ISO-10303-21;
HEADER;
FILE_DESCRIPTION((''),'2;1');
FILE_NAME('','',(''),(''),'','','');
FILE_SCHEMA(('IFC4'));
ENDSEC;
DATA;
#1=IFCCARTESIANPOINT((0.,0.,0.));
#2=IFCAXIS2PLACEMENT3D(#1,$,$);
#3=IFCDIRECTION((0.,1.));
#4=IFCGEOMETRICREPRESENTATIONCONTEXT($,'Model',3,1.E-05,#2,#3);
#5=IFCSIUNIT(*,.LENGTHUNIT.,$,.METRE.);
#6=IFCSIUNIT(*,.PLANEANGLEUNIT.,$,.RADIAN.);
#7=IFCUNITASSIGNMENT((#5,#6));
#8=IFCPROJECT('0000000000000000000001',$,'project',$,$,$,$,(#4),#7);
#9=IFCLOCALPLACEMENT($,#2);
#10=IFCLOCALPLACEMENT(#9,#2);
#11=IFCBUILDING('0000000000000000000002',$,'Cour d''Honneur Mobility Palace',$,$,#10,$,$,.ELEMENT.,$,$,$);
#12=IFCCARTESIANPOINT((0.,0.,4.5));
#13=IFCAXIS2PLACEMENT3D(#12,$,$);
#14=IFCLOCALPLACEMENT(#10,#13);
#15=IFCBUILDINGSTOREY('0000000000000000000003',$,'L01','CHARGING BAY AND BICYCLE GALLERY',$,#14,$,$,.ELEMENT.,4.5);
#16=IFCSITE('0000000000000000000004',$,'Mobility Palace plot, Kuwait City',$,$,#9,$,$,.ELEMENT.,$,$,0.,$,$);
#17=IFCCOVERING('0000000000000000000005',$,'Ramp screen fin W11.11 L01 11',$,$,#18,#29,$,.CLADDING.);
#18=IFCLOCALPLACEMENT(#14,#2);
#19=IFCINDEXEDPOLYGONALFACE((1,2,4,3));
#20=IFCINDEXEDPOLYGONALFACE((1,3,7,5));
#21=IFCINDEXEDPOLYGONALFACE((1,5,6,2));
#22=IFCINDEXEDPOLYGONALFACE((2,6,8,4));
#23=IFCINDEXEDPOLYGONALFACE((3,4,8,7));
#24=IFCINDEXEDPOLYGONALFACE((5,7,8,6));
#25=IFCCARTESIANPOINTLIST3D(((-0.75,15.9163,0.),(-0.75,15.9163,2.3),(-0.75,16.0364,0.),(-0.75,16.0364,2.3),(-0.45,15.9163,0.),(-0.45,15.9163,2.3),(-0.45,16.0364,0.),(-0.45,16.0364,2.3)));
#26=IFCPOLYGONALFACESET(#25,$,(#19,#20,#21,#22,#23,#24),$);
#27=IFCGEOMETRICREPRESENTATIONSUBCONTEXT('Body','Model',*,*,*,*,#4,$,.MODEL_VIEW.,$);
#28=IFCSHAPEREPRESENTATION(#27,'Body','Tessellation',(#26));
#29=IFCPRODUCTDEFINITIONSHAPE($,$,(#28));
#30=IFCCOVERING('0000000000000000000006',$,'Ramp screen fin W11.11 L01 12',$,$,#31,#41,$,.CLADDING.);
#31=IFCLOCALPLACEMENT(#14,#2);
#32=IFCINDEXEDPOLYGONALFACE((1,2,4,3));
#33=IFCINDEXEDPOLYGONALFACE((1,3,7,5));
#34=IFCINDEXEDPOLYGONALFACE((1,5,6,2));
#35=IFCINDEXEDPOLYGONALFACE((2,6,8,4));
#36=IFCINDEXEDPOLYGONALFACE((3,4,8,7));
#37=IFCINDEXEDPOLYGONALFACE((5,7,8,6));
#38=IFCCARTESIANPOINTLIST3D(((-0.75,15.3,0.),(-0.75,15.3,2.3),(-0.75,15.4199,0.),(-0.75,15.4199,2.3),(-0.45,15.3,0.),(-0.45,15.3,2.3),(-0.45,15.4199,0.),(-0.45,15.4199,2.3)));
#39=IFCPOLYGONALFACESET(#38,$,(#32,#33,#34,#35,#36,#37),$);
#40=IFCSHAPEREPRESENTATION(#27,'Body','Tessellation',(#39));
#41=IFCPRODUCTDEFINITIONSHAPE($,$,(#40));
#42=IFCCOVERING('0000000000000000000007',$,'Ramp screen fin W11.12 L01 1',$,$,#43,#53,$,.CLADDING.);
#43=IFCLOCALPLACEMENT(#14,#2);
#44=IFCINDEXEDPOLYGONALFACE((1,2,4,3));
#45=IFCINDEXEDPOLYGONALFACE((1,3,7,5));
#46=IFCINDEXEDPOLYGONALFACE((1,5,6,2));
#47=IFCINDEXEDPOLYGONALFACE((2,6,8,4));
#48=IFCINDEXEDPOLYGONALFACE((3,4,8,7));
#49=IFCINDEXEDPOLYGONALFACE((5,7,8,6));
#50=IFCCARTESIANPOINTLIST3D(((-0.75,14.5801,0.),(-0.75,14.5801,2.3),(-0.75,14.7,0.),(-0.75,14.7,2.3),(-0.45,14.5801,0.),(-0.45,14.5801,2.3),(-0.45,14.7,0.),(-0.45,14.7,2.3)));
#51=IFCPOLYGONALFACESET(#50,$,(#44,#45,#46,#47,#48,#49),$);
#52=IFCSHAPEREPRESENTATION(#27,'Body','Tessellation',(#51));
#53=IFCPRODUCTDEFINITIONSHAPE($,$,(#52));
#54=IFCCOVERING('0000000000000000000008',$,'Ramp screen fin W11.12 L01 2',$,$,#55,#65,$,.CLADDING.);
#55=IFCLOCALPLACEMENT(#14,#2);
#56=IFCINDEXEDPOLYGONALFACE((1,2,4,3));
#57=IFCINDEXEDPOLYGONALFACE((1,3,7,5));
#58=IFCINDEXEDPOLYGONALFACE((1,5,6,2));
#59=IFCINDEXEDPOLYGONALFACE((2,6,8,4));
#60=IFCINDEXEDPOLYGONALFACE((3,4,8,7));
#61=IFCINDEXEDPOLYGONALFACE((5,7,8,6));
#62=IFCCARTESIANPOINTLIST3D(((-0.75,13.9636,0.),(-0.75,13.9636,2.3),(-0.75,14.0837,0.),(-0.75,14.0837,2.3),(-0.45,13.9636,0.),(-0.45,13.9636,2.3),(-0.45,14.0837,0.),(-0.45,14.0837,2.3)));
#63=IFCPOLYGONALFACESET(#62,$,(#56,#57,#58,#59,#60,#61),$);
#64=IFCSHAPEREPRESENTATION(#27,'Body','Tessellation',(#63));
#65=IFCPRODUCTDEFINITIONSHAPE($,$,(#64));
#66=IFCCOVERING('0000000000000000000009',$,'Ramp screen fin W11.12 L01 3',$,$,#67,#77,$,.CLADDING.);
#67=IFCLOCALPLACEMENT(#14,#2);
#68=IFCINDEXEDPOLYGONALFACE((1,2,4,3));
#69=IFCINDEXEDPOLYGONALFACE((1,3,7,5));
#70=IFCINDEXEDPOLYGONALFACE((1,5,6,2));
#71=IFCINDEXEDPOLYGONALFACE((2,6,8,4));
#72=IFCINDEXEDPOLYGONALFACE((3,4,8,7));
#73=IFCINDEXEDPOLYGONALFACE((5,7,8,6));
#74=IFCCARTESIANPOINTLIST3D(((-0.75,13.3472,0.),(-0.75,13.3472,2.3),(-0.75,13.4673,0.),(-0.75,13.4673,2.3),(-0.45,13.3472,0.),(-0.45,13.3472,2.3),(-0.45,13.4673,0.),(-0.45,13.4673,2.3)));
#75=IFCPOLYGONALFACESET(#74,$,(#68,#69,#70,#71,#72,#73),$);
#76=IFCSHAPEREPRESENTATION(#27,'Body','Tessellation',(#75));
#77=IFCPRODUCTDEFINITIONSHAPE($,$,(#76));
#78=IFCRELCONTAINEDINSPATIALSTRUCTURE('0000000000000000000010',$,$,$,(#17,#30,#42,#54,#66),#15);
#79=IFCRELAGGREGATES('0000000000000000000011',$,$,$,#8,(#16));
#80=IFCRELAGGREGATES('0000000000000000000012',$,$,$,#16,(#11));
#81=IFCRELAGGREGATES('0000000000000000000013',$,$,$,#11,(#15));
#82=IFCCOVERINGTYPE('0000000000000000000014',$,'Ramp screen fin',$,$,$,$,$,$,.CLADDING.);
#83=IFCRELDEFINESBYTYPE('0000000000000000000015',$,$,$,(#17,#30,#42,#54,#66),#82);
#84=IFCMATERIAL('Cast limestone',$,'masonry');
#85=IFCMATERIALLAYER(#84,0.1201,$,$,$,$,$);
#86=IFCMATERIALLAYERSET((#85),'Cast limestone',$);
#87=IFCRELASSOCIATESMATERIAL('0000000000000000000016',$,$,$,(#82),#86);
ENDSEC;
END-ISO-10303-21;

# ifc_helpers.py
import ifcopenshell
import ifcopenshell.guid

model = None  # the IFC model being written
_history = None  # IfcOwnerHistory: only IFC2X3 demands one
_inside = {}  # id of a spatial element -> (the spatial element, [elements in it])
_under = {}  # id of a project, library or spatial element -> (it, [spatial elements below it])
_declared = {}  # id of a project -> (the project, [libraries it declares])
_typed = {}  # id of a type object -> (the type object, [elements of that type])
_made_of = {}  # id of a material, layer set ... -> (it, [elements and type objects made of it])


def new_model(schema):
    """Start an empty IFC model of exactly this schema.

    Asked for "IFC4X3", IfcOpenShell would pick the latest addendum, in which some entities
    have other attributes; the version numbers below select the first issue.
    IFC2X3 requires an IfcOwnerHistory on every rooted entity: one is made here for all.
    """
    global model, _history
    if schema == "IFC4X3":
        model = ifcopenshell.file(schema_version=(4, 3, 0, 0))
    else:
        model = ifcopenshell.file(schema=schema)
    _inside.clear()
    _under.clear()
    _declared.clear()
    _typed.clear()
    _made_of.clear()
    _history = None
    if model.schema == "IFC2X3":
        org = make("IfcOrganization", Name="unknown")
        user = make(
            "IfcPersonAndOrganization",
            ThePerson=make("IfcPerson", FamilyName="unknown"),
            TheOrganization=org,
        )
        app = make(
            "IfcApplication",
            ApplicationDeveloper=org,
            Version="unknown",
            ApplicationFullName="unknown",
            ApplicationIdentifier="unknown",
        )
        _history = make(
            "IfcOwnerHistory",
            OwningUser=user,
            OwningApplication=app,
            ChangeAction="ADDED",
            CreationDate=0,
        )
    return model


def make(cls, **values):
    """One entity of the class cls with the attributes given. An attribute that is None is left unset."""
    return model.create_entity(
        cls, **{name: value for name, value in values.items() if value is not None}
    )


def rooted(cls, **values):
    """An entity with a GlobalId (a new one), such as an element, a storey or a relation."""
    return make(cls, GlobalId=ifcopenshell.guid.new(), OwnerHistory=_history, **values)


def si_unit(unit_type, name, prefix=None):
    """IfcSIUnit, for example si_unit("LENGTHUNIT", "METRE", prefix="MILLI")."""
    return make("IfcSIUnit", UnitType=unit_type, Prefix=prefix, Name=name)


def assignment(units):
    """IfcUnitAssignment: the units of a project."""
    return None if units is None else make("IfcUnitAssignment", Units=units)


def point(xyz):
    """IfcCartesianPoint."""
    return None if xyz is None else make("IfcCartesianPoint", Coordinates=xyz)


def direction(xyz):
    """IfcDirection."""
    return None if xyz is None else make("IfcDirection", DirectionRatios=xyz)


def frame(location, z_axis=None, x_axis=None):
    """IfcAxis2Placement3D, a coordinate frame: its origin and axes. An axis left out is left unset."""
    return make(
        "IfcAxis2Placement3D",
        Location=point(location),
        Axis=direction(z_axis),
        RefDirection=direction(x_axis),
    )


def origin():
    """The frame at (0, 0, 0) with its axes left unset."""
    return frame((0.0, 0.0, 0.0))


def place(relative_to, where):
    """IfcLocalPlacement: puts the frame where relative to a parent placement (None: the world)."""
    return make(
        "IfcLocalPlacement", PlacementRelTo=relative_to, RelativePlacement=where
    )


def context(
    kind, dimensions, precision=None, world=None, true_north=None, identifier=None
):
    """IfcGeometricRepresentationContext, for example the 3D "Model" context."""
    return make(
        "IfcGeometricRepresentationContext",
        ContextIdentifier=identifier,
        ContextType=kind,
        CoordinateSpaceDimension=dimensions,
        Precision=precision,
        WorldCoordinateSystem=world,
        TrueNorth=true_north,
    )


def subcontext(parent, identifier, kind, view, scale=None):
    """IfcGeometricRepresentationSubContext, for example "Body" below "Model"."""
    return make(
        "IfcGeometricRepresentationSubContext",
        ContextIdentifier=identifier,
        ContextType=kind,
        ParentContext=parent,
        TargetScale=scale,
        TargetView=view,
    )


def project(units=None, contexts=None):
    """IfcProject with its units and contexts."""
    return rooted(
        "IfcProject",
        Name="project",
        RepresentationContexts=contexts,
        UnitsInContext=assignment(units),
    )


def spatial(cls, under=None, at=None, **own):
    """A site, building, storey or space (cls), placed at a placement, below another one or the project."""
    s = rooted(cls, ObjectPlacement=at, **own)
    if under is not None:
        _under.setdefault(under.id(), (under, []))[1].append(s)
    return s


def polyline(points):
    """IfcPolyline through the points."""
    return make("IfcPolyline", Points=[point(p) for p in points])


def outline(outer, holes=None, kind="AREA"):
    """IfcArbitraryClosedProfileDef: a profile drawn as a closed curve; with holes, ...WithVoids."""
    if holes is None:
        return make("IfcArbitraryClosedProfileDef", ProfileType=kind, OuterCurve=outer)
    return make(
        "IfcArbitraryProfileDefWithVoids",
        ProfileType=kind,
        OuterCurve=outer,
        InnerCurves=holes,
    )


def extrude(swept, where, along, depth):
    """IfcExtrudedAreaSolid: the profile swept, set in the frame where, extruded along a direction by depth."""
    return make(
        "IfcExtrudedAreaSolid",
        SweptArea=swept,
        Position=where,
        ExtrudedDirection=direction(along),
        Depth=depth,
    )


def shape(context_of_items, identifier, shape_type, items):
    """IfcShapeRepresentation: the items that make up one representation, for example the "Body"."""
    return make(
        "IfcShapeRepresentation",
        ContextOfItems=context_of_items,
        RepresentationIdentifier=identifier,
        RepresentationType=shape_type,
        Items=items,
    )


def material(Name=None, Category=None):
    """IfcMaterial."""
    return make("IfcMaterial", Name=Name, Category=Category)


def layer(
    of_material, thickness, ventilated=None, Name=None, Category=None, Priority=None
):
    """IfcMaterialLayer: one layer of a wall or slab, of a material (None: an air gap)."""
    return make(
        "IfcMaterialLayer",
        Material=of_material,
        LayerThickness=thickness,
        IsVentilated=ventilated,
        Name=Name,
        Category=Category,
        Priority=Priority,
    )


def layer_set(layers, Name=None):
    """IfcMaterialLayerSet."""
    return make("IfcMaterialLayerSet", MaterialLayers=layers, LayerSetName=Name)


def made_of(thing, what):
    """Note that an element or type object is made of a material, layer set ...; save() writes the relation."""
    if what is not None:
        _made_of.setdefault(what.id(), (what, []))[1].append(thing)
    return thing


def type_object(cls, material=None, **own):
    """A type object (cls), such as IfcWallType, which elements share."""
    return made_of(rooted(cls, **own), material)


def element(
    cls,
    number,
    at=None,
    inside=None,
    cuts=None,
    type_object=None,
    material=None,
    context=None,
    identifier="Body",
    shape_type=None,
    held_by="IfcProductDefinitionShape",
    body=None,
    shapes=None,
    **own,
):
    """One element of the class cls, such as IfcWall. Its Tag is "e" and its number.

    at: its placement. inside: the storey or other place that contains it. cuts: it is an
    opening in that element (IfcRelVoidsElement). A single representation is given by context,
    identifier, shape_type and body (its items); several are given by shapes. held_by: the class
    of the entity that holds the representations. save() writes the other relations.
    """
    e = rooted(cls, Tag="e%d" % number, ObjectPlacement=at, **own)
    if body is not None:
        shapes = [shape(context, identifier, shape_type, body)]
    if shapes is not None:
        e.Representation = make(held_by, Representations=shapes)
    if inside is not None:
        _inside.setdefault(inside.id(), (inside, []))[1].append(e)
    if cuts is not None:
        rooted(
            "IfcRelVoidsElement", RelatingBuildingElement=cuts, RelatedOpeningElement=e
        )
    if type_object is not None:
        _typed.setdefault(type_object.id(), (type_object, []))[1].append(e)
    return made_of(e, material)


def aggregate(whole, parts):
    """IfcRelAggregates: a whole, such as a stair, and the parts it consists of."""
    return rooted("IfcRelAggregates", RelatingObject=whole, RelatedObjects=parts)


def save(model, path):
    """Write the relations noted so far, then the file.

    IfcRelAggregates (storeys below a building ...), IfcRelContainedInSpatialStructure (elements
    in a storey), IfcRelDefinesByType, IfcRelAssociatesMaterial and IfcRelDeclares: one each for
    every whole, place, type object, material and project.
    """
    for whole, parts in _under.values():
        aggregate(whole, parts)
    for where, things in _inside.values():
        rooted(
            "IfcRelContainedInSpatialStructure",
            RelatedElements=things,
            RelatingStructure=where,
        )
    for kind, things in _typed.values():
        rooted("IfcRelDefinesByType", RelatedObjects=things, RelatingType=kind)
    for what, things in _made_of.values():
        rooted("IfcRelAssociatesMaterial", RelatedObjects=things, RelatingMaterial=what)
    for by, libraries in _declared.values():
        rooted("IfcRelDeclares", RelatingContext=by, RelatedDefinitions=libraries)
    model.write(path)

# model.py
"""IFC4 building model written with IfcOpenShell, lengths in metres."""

from ifc_helpers import new_model, si_unit, direction, frame, origin, place, context, subcontext, project, spatial, polyline, outline, extrude, material, layer, layer_set, type_object, element, save


model = new_model("IFC4")

# Units and contexts
model_context = context("Model", 3, precision=1e-05, world=origin(), true_north=direction((0.0, 1.0)))
body_context = subcontext(model_context, "Body", "Model", "MODEL_VIEW")
ifc_project = project(units=[si_unit("LENGTHUNIT", "METRE"), si_unit("PLANEANGLEUNIT", "RADIAN")], contexts=[model_context])

# Site, building, storey
site_placement = place(None, origin())
site = spatial("IfcSite", under=ifc_project, at=site_placement, Name="Mobility Palace plot, Kuwait City", CompositionType="ELEMENT", RefElevation=0.0)
building_placement = place(site_placement, origin())
building = spatial("IfcBuilding", under=site, at=building_placement, Name="Cour d'Honneur Mobility Palace", CompositionType="ELEMENT")
storey_placement = place(building_placement, frame((0.0, 0.0, 4.5)))
storey = spatial("IfcBuildingStorey", under=building, at=storey_placement, Name="L01", Description="CHARGING BAY AND BICYCLE GALLERY", CompositionType="ELEMENT", Elevation=4.5)

# Coverings
ifc_material = material(Name="Cast limestone", Category="masonry")
ifc_layer = layer(ifc_material, 0.1201)
ifc_layer_set = layer_set([ifc_layer], Name="Cast limestone")
covering_type = type_object("IfcCoveringType", Name="Ramp screen fin", PredefinedType="CLADDING", material=ifc_layer_set)
covering_1_placement = place(storey_placement, origin())
element("IfcCovering", 1, at=covering_1_placement, inside=storey, type_object=covering_type, Name="Ramp screen fin W11.11 L01 11", PredefinedType="CLADDING", context=body_context, shape_type="SweptSolid", body=[
    extrude(outline(polyline([(-0.45, 16.0364), (-0.45, 15.9163), (-0.75, 15.9163), (-0.75, 16.0364), (-0.45, 16.0364)])), origin(), (0.0, 0.0, 1.0), 2.3),
])
covering_2_placement = place(storey_placement, origin())
element("IfcCovering", 2, at=covering_2_placement, inside=storey, type_object=covering_type, Name="Ramp screen fin W11.11 L01 12", PredefinedType="CLADDING", context=body_context, shape_type="SweptSolid", body=[
    extrude(outline(polyline([(-0.45, 15.4199), (-0.45, 15.3), (-0.75, 15.3), (-0.75, 15.4199), (-0.45, 15.4199)])), origin(), (0.0, 0.0, 1.0), 2.3),
])
covering_3_placement = place(storey_placement, origin())
element("IfcCovering", 3, at=covering_3_placement, inside=storey, type_object=covering_type, Name="Ramp screen fin W11.12 L01 1", PredefinedType="CLADDING", context=body_context, shape_type="SweptSolid", body=[
    extrude(outline(polyline([(-0.45, 14.7), (-0.45, 14.5801), (-0.75, 14.5801), (-0.75, 14.7), (-0.45, 14.7)])), origin(), (0.0, 0.0, 1.0), 2.3),
])
covering_4_placement = place(storey_placement, origin())
element("IfcCovering", 4, at=covering_4_placement, inside=storey, type_object=covering_type, Name="Ramp screen fin W11.12 L01 2", PredefinedType="CLADDING", context=body_context, shape_type="SweptSolid", body=[
    extrude(outline(polyline([(-0.45, 14.0837), (-0.45, 13.9636), (-0.75, 13.9636), (-0.75, 14.0837), (-0.45, 14.0837)])), origin(), (0.0, 0.0, 1.0), 2.3),
])
covering_5_placement = place(storey_placement, origin())
element("IfcCovering", 5, at=covering_5_placement, inside=storey, type_object=covering_type, Name="Ramp screen fin W11.12 L01 3", PredefinedType="CLADDING", context=body_context, shape_type="SweptSolid", body=[
    extrude(outline(polyline([(-0.45, 13.4673), (-0.45, 13.3472), (-0.75, 13.3472), (-0.75, 13.4673), (-0.45, 13.4673)])), origin(), (0.0, 0.0, 1.0), 2.3),
])

save(model, "model.ifc")
